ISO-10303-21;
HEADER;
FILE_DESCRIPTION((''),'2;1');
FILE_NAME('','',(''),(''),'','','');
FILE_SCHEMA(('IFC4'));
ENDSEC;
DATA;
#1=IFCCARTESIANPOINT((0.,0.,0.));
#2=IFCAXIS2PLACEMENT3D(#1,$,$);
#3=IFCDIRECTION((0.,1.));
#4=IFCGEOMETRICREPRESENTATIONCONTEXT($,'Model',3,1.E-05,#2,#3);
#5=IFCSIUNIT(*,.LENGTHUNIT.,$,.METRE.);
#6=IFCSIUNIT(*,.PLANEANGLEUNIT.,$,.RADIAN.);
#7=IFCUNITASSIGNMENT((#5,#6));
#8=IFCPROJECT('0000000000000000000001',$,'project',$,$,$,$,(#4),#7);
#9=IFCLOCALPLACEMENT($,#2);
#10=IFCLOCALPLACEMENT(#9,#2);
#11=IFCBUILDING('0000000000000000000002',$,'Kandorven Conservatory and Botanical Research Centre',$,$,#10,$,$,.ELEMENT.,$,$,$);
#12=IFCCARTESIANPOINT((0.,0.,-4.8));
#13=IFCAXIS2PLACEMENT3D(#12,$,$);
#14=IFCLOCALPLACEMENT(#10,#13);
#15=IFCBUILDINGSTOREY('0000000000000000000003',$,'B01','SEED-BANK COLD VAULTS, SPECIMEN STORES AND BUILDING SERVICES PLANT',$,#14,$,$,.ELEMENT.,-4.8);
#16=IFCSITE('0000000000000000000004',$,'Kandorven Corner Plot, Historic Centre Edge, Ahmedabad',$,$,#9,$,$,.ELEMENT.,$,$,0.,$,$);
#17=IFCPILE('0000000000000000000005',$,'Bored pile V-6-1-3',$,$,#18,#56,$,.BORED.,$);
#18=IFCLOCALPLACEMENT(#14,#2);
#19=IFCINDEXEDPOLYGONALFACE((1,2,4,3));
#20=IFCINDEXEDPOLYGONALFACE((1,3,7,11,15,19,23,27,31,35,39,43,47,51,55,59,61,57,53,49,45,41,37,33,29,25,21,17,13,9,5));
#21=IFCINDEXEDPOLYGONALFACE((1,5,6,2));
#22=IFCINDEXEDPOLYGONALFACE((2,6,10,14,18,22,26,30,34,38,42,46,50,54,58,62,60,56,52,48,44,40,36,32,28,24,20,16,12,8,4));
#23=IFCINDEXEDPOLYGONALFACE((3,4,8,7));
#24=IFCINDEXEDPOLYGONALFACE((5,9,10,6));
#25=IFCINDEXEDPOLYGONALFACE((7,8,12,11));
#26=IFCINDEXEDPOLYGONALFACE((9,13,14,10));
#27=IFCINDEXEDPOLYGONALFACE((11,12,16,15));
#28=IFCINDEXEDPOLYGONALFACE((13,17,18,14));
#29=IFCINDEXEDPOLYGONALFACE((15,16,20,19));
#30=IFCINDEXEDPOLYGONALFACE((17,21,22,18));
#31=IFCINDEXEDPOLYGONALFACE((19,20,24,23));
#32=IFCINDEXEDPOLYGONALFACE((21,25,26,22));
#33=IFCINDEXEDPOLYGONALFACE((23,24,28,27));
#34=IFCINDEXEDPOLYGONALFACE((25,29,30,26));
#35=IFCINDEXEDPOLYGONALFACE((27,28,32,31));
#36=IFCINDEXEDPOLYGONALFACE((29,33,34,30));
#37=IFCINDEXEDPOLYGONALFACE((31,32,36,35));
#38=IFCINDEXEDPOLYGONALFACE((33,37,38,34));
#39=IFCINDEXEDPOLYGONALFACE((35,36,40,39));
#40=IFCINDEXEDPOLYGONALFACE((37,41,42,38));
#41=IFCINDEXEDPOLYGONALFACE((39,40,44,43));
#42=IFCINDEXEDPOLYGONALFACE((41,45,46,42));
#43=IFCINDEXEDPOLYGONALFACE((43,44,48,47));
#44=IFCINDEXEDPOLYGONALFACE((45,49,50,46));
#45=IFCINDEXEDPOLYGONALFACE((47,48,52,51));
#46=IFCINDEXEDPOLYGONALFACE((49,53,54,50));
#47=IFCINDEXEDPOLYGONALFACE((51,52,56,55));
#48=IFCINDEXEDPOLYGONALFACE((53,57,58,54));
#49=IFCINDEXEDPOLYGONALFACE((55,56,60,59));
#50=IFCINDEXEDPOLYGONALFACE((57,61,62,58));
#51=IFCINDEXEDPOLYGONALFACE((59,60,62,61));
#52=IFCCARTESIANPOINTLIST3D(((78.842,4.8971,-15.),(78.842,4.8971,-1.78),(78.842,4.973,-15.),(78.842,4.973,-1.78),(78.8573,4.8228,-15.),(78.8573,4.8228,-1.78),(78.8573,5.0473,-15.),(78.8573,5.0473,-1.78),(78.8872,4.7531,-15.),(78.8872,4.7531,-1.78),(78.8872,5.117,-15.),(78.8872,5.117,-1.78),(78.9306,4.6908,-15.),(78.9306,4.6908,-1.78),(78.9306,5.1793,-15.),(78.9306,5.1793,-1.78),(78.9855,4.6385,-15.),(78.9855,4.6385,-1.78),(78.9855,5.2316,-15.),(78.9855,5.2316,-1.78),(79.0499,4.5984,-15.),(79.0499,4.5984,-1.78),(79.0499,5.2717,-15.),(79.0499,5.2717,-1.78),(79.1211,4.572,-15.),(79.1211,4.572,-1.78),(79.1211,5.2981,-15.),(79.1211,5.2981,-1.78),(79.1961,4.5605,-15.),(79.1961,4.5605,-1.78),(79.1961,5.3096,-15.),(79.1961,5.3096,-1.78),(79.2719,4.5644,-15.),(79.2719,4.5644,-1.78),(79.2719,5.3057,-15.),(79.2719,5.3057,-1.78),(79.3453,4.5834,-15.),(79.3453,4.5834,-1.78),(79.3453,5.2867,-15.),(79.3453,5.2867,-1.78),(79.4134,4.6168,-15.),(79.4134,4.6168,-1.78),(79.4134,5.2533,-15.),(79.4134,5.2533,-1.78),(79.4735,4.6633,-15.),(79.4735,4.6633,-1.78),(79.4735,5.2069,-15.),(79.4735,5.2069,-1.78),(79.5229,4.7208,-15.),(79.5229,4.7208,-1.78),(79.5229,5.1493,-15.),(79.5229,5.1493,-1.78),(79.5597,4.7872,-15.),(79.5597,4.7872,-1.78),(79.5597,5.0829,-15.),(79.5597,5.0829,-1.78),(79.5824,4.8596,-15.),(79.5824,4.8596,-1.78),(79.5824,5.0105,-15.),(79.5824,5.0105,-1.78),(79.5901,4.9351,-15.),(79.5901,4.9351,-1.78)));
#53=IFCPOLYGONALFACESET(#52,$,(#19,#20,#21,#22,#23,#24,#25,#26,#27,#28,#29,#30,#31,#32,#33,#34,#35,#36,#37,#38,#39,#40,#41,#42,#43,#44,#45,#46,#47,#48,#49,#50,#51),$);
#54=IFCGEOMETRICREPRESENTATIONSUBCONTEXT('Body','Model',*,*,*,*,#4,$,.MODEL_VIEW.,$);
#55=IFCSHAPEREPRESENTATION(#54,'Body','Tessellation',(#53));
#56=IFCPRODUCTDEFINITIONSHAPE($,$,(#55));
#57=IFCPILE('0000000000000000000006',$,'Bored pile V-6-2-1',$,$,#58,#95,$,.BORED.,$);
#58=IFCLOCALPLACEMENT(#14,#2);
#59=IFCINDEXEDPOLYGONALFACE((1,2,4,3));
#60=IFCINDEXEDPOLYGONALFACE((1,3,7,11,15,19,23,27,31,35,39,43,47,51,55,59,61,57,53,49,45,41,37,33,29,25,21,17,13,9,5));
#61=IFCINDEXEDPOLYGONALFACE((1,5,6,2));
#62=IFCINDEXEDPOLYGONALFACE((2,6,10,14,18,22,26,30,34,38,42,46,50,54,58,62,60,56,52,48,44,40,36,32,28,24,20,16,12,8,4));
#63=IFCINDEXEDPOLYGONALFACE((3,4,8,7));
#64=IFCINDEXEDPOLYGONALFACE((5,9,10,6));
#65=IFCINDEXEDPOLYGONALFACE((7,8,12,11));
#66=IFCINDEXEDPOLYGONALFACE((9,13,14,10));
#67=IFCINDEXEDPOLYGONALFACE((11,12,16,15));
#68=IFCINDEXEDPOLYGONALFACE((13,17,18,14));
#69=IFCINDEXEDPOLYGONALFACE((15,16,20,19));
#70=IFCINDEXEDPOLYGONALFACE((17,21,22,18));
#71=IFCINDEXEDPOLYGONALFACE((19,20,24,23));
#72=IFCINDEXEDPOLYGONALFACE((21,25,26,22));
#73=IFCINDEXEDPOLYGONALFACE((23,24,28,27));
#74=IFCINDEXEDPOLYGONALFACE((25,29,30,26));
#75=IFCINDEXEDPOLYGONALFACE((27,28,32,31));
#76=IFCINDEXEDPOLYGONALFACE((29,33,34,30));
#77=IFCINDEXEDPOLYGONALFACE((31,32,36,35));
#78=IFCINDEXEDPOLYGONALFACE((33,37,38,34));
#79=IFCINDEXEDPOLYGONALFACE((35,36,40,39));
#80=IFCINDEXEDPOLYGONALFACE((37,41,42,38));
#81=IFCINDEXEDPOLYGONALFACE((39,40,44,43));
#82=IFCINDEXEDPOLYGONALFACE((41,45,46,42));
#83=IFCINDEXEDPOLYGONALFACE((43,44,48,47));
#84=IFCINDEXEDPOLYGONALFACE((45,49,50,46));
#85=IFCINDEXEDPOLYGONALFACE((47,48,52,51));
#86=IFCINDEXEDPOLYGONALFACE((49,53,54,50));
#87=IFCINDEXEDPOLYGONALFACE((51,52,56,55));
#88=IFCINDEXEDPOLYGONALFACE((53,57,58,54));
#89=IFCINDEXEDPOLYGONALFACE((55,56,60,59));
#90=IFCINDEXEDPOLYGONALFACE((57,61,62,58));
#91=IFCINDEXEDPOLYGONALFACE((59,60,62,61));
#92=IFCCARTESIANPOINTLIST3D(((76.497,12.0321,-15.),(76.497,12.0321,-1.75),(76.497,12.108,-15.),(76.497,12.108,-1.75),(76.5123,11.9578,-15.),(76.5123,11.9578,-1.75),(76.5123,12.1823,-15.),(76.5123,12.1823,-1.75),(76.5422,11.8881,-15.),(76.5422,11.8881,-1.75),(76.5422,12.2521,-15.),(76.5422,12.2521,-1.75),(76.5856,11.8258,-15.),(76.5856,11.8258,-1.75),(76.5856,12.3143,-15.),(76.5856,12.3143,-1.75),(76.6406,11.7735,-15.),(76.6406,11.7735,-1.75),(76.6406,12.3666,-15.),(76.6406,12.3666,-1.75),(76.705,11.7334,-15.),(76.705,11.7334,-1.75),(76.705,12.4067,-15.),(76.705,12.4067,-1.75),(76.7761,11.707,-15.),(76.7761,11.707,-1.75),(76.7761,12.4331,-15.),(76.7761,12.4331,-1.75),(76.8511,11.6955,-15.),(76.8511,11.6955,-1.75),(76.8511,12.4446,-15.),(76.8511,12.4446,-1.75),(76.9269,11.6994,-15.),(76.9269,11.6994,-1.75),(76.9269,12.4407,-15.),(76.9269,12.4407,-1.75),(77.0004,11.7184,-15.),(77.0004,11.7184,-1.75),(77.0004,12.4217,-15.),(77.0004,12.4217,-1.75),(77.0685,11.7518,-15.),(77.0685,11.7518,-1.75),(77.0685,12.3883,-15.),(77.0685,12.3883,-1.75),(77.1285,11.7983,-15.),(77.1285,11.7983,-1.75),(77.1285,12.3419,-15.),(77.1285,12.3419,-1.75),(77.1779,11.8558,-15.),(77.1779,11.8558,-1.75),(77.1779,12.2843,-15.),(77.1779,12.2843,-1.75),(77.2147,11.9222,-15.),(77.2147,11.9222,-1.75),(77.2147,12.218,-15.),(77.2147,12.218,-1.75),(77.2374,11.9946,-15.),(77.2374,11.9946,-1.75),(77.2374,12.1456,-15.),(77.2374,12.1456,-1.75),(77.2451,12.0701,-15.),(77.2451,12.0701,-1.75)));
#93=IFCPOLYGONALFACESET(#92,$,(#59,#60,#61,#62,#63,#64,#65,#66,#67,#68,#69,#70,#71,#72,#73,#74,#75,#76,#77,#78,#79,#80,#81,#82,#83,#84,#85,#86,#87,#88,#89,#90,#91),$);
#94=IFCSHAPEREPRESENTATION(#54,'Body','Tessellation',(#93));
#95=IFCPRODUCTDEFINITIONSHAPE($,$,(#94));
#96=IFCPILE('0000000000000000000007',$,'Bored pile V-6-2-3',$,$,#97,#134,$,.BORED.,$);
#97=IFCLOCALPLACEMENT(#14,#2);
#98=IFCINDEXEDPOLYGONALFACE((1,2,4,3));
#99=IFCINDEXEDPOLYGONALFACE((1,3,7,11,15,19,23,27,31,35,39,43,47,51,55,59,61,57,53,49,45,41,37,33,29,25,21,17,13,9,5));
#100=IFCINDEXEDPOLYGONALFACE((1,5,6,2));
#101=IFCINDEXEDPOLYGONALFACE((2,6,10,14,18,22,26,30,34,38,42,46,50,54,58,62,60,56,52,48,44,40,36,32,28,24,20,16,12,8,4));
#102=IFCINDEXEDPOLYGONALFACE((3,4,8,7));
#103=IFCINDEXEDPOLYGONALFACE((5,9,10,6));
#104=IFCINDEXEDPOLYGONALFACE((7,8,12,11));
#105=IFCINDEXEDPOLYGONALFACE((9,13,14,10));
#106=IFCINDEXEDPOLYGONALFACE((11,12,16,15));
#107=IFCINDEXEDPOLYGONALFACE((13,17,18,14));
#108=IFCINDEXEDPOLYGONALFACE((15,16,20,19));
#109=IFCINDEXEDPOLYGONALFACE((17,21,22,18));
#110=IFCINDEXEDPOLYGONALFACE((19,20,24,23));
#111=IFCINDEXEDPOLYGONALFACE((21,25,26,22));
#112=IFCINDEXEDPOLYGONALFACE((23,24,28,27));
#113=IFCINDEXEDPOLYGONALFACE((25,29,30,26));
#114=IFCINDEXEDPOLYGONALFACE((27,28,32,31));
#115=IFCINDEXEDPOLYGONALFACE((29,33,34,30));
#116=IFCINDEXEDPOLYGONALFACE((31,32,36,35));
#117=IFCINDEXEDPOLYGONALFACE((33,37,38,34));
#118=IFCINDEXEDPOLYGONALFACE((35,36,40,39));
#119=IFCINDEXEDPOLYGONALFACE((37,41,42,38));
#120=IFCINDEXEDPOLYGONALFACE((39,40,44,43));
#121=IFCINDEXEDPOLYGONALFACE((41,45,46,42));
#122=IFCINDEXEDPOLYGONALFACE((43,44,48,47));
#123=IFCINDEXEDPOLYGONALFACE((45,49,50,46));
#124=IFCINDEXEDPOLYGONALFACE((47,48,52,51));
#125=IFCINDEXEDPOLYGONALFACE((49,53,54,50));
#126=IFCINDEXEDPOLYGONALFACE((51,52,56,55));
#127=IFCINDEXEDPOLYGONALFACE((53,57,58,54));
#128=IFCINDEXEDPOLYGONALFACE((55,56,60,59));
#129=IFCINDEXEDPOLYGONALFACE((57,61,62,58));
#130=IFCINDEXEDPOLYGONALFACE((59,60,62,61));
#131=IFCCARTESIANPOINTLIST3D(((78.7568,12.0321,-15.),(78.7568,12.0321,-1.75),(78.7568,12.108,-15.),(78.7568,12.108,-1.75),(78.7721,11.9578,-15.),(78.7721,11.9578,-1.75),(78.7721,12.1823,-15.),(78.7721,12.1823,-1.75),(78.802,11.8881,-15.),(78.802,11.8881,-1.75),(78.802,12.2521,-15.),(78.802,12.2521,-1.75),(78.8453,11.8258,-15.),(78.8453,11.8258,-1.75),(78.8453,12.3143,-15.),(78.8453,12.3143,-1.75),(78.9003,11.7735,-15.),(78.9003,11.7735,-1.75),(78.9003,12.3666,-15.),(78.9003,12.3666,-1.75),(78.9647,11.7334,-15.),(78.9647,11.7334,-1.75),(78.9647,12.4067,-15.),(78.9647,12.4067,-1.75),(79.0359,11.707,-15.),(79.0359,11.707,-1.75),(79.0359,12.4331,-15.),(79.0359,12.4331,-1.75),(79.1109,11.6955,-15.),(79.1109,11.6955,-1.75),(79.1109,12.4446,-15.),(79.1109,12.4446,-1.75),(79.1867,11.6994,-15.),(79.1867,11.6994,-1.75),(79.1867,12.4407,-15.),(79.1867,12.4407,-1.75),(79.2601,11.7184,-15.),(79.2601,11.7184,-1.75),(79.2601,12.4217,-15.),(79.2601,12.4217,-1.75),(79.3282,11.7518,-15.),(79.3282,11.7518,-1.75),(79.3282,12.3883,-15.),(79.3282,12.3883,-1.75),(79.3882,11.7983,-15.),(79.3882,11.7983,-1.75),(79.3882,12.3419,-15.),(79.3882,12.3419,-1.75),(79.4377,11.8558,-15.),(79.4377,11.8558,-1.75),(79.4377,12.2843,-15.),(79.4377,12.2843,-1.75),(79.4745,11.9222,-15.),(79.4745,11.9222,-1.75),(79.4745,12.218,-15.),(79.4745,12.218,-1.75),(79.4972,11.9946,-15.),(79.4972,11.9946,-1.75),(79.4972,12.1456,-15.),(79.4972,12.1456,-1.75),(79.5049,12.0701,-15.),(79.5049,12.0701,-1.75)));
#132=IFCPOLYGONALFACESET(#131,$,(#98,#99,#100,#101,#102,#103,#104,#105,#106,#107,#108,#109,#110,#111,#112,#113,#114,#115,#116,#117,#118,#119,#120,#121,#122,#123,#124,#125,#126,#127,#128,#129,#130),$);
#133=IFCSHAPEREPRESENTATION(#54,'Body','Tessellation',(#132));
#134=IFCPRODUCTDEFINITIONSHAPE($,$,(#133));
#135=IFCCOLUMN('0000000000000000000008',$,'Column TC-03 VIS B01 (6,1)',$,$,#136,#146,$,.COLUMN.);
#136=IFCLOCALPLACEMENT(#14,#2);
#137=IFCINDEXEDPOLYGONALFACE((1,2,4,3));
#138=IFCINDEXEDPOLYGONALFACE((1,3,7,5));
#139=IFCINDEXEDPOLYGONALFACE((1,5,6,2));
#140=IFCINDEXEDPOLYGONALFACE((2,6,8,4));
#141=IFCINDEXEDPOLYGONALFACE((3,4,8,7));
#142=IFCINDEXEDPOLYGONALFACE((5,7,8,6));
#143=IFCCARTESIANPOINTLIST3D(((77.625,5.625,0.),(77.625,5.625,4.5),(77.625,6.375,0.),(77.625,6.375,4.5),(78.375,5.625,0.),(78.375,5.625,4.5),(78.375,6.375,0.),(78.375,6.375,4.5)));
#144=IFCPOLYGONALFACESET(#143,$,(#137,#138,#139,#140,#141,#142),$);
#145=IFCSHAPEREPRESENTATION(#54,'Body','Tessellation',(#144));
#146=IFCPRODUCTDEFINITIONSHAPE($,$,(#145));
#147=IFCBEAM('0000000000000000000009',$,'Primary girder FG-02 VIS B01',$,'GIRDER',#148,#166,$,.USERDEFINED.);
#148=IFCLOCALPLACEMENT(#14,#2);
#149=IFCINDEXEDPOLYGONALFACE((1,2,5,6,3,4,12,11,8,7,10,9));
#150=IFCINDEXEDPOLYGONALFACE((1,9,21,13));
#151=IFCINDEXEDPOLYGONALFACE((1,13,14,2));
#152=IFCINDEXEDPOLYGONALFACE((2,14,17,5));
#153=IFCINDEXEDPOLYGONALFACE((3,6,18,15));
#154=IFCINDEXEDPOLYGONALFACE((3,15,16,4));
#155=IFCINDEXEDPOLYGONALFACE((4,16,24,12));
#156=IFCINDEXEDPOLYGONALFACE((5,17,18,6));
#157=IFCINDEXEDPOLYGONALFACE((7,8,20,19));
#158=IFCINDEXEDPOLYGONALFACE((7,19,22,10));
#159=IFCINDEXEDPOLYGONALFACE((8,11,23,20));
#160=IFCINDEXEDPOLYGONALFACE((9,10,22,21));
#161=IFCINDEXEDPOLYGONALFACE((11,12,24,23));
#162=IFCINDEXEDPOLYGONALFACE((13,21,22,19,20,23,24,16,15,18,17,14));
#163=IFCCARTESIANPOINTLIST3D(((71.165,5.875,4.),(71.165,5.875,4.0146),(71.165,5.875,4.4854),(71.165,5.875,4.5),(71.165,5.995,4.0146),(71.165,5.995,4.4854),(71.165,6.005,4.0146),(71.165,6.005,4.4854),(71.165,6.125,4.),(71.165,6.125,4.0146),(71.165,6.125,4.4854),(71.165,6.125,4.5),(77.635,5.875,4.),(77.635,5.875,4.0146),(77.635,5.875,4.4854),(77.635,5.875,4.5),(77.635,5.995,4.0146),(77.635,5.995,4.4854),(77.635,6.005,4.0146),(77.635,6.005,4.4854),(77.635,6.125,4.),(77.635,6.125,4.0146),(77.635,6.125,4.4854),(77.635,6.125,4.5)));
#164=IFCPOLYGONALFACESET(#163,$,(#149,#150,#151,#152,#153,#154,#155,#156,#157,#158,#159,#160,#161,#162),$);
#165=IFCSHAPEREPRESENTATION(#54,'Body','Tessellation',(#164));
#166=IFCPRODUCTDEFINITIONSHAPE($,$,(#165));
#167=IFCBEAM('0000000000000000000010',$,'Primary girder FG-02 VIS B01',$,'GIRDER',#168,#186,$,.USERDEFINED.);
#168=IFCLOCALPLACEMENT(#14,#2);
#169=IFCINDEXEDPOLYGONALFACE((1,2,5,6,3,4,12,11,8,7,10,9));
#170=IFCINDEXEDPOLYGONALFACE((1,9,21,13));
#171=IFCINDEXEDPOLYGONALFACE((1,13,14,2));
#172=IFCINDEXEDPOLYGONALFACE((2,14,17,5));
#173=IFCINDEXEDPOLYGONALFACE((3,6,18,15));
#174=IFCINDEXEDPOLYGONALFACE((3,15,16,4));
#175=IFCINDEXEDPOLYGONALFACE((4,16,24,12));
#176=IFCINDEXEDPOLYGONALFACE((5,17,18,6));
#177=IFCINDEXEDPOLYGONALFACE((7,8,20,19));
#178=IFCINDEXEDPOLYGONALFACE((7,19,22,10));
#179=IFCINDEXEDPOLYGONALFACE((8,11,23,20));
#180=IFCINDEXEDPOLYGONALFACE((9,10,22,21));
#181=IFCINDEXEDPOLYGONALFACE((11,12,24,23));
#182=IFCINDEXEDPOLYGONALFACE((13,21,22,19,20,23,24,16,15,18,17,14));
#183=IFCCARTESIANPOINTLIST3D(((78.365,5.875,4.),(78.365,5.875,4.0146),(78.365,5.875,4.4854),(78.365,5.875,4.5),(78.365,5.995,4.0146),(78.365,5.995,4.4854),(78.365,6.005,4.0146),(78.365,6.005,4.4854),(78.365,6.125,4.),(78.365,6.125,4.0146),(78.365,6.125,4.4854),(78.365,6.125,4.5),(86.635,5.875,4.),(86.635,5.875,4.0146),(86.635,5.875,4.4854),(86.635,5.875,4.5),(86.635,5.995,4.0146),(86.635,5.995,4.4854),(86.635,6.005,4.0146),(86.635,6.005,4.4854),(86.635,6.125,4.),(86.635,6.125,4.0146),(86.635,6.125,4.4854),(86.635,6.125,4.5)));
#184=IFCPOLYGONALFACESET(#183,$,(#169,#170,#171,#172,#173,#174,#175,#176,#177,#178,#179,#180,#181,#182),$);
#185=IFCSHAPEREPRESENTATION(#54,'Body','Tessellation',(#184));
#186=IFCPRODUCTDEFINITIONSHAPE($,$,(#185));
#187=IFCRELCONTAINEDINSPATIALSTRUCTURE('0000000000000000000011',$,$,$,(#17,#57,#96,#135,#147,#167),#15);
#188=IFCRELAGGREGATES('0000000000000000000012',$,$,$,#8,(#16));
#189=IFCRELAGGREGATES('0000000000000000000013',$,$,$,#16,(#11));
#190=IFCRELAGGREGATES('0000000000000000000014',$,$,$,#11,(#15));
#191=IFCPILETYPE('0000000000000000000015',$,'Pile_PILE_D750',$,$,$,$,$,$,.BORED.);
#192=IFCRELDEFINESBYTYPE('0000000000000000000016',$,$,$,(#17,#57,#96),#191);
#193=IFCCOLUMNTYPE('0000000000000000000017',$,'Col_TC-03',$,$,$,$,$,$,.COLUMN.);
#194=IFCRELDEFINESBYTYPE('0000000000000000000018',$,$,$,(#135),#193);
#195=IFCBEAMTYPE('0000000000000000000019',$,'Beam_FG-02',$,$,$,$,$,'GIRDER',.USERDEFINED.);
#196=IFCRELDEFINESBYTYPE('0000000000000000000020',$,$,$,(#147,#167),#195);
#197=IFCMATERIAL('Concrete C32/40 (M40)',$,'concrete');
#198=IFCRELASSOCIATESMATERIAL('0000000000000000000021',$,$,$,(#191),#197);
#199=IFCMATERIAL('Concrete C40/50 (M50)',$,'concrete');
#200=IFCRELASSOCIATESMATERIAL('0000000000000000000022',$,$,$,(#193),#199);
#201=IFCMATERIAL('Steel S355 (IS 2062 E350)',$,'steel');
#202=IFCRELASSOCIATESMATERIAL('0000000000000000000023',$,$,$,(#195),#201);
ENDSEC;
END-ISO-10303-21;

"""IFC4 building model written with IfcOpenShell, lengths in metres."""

from ifc_helpers import new_model, si_unit, direction, frame, origin, origin_2d, place, context, subcontext, project, spatial, rectangle, circle, i_section, extrude, material, material_profile, profile_set, type_object, element, save


model = new_model("IFC4")

# Units and contexts
model_context = context("Model", 3, precision=1e-05, world=origin(), true_north=direction((0.0, 1.0)))
body_context = subcontext(model_context, "Body", "Model", "MODEL_VIEW")
ifc_project = project(units=[si_unit("LENGTHUNIT", "METRE"), si_unit("PLANEANGLEUNIT", "RADIAN")], contexts=[model_context])

# Site, building, storey
site_placement = place(None, origin())
site = spatial("IfcSite", under=ifc_project, at=site_placement, Name="Kandorven Corner Plot, Historic Centre Edge, Ahmedabad", CompositionType="ELEMENT", RefElevation=0.0)
building_placement = place(site_placement, origin())
building = spatial("IfcBuilding", under=site, at=building_placement, Name="Kandorven Conservatory and Botanical Research Centre", CompositionType="ELEMENT")
storey_placement = place(building_placement, frame((0.0, 0.0, -4.8)))
storey = spatial("IfcBuildingStorey", under=building, at=storey_placement, Name="B01", Description="SEED-BANK COLD VAULTS, SPECIMEN STORES AND BUILDING SERVICES PLANT", CompositionType="ELEMENT", Elevation=-4.8)

# Piles
ifc_material_1 = material(Name="Concrete C32/40 (M40)", Category="concrete")
ifc_material_profile_1 = material_profile(ifc_material_1, circle(Radius=0.375, at=origin_2d()))
ifc_profile_set_1 = profile_set([ifc_material_profile_1], Name="Concrete C32/40 (M40)")
pile_type = type_object("IfcPileType", Name="Pile_PILE_D750", PredefinedType="BORED", material=ifc_profile_set_1)
for number, where, z_axis, x_axis, name in (
    (1, (79.2151, 4.9351, -1.78), (0.0, 0.0, -1.0), (1.0, 0.0, 0.0), "Bored pile V-6-1-3"),
):
    element("IfcPile", number, at=place(storey_placement, frame(where, z_axis=z_axis, x_axis=x_axis)), inside=storey, type_object=pile_type, Name=name, PredefinedType="BORED", context=body_context, shape_type="SweptSolid", body=[
        extrude(circle(Radius=0.375, at=origin_2d()), origin(), (0.0, 0.0, 1.0), 13.22),
    ])
for number, where, z_axis, x_axis, name in (
    (2, (76.8701, 12.0701, -1.75), (0.0, 0.0, -1.0), (1.0, 0.0, 0.0), "Bored pile V-6-2-1"),
    (3, (79.1299, 12.0701, -1.75), (0.0, 0.0, -1.0), (1.0, 0.0, 0.0), "Bored pile V-6-2-3"),
):
    element("IfcPile", number, at=place(storey_placement, frame(where, z_axis=z_axis, x_axis=x_axis)), inside=storey, type_object=pile_type, Name=name, PredefinedType="BORED", context=body_context, shape_type="SweptSolid", body=[
        extrude(circle(Radius=0.375, at=origin_2d()), origin(), (0.0, 0.0, 1.0), 13.25),
    ])

# Column
ifc_material_2 = material(Name="Concrete C40/50 (M50)", Category="concrete")
ifc_material_profile_2 = material_profile(ifc_material_2, rectangle(XDim=0.75, YDim=0.75, at=origin_2d()))
ifc_profile_set_2 = profile_set([ifc_material_profile_2], Name="Concrete C40/50 (M50)")
column_type = type_object("IfcColumnType", Name="Col_TC-03", PredefinedType="COLUMN", material=ifc_profile_set_2)
column_placement = place(storey_placement, frame((78.0, 6.0, 0.0), z_axis=(0.0, 0.0, 1.0), x_axis=(1.0, 0.0, 0.0)))
element("IfcColumn", 4, at=column_placement, inside=storey, type_object=column_type, Name="Column TC-03 VIS B01 (6,1)", PredefinedType="COLUMN", context=body_context, shape_type="SweptSolid", body=[
    extrude(rectangle(XDim=0.75, YDim=0.75, at=origin_2d()), origin(), (0.0, 0.0, 1.0), 4.5),
])

# Beams
ifc_material_3 = material(Name="Steel S355 (IS 2062 E350)", Category="steel")
ifc_material_profile_3 = material_profile(ifc_material_3, i_section(OverallWidth=0.25, OverallDepth=0.5, WebThickness=0.01, FlangeThickness=0.0146, at=origin_2d()))
ifc_profile_set_3 = profile_set([ifc_material_profile_3], Name="Steel S355 (IS 2062 E350)")
beam_type_1 = type_object("IfcBeamType", Name="Beam_FG-02", ElementType="GIRDER", PredefinedType="USERDEFINED", material=ifc_profile_set_3)
beam_1_placement = place(storey_placement, frame((71.165, 6.0, 4.25), z_axis=(1.0, 0.0, 0.0), x_axis=(0.0, 1.0, 0.0)))
element("IfcBeam", 5, at=beam_1_placement, inside=storey, type_object=beam_type_1, Name="Primary girder FG-02 VIS B01", ObjectType="GIRDER", PredefinedType="USERDEFINED", context=body_context, shape_type="SweptSolid", body=[
    extrude(i_section(OverallWidth=0.25, OverallDepth=0.5, WebThickness=0.01, FlangeThickness=0.0146, at=origin_2d()), origin(), (0.0, 0.0, 1.0), 6.47),
])
beam_2_placement = place(storey_placement, frame((78.365, 6.0, 4.25), z_axis=(1.0, 0.0, 0.0), x_axis=(0.0, 1.0, 0.0)))
element("IfcBeam", 6, at=beam_2_placement, inside=storey, type_object=beam_type_1, Name="Primary girder FG-02 VIS B01", ObjectType="GIRDER", PredefinedType="USERDEFINED", context=body_context, shape_type="SweptSolid", body=[
    extrude(i_section(OverallWidth=0.25, OverallDepth=0.5, WebThickness=0.01, FlangeThickness=0.0146, at=origin_2d()), origin(), (0.0, 0.0, 1.0), 8.27),
])

save(model, "model.ifc")
